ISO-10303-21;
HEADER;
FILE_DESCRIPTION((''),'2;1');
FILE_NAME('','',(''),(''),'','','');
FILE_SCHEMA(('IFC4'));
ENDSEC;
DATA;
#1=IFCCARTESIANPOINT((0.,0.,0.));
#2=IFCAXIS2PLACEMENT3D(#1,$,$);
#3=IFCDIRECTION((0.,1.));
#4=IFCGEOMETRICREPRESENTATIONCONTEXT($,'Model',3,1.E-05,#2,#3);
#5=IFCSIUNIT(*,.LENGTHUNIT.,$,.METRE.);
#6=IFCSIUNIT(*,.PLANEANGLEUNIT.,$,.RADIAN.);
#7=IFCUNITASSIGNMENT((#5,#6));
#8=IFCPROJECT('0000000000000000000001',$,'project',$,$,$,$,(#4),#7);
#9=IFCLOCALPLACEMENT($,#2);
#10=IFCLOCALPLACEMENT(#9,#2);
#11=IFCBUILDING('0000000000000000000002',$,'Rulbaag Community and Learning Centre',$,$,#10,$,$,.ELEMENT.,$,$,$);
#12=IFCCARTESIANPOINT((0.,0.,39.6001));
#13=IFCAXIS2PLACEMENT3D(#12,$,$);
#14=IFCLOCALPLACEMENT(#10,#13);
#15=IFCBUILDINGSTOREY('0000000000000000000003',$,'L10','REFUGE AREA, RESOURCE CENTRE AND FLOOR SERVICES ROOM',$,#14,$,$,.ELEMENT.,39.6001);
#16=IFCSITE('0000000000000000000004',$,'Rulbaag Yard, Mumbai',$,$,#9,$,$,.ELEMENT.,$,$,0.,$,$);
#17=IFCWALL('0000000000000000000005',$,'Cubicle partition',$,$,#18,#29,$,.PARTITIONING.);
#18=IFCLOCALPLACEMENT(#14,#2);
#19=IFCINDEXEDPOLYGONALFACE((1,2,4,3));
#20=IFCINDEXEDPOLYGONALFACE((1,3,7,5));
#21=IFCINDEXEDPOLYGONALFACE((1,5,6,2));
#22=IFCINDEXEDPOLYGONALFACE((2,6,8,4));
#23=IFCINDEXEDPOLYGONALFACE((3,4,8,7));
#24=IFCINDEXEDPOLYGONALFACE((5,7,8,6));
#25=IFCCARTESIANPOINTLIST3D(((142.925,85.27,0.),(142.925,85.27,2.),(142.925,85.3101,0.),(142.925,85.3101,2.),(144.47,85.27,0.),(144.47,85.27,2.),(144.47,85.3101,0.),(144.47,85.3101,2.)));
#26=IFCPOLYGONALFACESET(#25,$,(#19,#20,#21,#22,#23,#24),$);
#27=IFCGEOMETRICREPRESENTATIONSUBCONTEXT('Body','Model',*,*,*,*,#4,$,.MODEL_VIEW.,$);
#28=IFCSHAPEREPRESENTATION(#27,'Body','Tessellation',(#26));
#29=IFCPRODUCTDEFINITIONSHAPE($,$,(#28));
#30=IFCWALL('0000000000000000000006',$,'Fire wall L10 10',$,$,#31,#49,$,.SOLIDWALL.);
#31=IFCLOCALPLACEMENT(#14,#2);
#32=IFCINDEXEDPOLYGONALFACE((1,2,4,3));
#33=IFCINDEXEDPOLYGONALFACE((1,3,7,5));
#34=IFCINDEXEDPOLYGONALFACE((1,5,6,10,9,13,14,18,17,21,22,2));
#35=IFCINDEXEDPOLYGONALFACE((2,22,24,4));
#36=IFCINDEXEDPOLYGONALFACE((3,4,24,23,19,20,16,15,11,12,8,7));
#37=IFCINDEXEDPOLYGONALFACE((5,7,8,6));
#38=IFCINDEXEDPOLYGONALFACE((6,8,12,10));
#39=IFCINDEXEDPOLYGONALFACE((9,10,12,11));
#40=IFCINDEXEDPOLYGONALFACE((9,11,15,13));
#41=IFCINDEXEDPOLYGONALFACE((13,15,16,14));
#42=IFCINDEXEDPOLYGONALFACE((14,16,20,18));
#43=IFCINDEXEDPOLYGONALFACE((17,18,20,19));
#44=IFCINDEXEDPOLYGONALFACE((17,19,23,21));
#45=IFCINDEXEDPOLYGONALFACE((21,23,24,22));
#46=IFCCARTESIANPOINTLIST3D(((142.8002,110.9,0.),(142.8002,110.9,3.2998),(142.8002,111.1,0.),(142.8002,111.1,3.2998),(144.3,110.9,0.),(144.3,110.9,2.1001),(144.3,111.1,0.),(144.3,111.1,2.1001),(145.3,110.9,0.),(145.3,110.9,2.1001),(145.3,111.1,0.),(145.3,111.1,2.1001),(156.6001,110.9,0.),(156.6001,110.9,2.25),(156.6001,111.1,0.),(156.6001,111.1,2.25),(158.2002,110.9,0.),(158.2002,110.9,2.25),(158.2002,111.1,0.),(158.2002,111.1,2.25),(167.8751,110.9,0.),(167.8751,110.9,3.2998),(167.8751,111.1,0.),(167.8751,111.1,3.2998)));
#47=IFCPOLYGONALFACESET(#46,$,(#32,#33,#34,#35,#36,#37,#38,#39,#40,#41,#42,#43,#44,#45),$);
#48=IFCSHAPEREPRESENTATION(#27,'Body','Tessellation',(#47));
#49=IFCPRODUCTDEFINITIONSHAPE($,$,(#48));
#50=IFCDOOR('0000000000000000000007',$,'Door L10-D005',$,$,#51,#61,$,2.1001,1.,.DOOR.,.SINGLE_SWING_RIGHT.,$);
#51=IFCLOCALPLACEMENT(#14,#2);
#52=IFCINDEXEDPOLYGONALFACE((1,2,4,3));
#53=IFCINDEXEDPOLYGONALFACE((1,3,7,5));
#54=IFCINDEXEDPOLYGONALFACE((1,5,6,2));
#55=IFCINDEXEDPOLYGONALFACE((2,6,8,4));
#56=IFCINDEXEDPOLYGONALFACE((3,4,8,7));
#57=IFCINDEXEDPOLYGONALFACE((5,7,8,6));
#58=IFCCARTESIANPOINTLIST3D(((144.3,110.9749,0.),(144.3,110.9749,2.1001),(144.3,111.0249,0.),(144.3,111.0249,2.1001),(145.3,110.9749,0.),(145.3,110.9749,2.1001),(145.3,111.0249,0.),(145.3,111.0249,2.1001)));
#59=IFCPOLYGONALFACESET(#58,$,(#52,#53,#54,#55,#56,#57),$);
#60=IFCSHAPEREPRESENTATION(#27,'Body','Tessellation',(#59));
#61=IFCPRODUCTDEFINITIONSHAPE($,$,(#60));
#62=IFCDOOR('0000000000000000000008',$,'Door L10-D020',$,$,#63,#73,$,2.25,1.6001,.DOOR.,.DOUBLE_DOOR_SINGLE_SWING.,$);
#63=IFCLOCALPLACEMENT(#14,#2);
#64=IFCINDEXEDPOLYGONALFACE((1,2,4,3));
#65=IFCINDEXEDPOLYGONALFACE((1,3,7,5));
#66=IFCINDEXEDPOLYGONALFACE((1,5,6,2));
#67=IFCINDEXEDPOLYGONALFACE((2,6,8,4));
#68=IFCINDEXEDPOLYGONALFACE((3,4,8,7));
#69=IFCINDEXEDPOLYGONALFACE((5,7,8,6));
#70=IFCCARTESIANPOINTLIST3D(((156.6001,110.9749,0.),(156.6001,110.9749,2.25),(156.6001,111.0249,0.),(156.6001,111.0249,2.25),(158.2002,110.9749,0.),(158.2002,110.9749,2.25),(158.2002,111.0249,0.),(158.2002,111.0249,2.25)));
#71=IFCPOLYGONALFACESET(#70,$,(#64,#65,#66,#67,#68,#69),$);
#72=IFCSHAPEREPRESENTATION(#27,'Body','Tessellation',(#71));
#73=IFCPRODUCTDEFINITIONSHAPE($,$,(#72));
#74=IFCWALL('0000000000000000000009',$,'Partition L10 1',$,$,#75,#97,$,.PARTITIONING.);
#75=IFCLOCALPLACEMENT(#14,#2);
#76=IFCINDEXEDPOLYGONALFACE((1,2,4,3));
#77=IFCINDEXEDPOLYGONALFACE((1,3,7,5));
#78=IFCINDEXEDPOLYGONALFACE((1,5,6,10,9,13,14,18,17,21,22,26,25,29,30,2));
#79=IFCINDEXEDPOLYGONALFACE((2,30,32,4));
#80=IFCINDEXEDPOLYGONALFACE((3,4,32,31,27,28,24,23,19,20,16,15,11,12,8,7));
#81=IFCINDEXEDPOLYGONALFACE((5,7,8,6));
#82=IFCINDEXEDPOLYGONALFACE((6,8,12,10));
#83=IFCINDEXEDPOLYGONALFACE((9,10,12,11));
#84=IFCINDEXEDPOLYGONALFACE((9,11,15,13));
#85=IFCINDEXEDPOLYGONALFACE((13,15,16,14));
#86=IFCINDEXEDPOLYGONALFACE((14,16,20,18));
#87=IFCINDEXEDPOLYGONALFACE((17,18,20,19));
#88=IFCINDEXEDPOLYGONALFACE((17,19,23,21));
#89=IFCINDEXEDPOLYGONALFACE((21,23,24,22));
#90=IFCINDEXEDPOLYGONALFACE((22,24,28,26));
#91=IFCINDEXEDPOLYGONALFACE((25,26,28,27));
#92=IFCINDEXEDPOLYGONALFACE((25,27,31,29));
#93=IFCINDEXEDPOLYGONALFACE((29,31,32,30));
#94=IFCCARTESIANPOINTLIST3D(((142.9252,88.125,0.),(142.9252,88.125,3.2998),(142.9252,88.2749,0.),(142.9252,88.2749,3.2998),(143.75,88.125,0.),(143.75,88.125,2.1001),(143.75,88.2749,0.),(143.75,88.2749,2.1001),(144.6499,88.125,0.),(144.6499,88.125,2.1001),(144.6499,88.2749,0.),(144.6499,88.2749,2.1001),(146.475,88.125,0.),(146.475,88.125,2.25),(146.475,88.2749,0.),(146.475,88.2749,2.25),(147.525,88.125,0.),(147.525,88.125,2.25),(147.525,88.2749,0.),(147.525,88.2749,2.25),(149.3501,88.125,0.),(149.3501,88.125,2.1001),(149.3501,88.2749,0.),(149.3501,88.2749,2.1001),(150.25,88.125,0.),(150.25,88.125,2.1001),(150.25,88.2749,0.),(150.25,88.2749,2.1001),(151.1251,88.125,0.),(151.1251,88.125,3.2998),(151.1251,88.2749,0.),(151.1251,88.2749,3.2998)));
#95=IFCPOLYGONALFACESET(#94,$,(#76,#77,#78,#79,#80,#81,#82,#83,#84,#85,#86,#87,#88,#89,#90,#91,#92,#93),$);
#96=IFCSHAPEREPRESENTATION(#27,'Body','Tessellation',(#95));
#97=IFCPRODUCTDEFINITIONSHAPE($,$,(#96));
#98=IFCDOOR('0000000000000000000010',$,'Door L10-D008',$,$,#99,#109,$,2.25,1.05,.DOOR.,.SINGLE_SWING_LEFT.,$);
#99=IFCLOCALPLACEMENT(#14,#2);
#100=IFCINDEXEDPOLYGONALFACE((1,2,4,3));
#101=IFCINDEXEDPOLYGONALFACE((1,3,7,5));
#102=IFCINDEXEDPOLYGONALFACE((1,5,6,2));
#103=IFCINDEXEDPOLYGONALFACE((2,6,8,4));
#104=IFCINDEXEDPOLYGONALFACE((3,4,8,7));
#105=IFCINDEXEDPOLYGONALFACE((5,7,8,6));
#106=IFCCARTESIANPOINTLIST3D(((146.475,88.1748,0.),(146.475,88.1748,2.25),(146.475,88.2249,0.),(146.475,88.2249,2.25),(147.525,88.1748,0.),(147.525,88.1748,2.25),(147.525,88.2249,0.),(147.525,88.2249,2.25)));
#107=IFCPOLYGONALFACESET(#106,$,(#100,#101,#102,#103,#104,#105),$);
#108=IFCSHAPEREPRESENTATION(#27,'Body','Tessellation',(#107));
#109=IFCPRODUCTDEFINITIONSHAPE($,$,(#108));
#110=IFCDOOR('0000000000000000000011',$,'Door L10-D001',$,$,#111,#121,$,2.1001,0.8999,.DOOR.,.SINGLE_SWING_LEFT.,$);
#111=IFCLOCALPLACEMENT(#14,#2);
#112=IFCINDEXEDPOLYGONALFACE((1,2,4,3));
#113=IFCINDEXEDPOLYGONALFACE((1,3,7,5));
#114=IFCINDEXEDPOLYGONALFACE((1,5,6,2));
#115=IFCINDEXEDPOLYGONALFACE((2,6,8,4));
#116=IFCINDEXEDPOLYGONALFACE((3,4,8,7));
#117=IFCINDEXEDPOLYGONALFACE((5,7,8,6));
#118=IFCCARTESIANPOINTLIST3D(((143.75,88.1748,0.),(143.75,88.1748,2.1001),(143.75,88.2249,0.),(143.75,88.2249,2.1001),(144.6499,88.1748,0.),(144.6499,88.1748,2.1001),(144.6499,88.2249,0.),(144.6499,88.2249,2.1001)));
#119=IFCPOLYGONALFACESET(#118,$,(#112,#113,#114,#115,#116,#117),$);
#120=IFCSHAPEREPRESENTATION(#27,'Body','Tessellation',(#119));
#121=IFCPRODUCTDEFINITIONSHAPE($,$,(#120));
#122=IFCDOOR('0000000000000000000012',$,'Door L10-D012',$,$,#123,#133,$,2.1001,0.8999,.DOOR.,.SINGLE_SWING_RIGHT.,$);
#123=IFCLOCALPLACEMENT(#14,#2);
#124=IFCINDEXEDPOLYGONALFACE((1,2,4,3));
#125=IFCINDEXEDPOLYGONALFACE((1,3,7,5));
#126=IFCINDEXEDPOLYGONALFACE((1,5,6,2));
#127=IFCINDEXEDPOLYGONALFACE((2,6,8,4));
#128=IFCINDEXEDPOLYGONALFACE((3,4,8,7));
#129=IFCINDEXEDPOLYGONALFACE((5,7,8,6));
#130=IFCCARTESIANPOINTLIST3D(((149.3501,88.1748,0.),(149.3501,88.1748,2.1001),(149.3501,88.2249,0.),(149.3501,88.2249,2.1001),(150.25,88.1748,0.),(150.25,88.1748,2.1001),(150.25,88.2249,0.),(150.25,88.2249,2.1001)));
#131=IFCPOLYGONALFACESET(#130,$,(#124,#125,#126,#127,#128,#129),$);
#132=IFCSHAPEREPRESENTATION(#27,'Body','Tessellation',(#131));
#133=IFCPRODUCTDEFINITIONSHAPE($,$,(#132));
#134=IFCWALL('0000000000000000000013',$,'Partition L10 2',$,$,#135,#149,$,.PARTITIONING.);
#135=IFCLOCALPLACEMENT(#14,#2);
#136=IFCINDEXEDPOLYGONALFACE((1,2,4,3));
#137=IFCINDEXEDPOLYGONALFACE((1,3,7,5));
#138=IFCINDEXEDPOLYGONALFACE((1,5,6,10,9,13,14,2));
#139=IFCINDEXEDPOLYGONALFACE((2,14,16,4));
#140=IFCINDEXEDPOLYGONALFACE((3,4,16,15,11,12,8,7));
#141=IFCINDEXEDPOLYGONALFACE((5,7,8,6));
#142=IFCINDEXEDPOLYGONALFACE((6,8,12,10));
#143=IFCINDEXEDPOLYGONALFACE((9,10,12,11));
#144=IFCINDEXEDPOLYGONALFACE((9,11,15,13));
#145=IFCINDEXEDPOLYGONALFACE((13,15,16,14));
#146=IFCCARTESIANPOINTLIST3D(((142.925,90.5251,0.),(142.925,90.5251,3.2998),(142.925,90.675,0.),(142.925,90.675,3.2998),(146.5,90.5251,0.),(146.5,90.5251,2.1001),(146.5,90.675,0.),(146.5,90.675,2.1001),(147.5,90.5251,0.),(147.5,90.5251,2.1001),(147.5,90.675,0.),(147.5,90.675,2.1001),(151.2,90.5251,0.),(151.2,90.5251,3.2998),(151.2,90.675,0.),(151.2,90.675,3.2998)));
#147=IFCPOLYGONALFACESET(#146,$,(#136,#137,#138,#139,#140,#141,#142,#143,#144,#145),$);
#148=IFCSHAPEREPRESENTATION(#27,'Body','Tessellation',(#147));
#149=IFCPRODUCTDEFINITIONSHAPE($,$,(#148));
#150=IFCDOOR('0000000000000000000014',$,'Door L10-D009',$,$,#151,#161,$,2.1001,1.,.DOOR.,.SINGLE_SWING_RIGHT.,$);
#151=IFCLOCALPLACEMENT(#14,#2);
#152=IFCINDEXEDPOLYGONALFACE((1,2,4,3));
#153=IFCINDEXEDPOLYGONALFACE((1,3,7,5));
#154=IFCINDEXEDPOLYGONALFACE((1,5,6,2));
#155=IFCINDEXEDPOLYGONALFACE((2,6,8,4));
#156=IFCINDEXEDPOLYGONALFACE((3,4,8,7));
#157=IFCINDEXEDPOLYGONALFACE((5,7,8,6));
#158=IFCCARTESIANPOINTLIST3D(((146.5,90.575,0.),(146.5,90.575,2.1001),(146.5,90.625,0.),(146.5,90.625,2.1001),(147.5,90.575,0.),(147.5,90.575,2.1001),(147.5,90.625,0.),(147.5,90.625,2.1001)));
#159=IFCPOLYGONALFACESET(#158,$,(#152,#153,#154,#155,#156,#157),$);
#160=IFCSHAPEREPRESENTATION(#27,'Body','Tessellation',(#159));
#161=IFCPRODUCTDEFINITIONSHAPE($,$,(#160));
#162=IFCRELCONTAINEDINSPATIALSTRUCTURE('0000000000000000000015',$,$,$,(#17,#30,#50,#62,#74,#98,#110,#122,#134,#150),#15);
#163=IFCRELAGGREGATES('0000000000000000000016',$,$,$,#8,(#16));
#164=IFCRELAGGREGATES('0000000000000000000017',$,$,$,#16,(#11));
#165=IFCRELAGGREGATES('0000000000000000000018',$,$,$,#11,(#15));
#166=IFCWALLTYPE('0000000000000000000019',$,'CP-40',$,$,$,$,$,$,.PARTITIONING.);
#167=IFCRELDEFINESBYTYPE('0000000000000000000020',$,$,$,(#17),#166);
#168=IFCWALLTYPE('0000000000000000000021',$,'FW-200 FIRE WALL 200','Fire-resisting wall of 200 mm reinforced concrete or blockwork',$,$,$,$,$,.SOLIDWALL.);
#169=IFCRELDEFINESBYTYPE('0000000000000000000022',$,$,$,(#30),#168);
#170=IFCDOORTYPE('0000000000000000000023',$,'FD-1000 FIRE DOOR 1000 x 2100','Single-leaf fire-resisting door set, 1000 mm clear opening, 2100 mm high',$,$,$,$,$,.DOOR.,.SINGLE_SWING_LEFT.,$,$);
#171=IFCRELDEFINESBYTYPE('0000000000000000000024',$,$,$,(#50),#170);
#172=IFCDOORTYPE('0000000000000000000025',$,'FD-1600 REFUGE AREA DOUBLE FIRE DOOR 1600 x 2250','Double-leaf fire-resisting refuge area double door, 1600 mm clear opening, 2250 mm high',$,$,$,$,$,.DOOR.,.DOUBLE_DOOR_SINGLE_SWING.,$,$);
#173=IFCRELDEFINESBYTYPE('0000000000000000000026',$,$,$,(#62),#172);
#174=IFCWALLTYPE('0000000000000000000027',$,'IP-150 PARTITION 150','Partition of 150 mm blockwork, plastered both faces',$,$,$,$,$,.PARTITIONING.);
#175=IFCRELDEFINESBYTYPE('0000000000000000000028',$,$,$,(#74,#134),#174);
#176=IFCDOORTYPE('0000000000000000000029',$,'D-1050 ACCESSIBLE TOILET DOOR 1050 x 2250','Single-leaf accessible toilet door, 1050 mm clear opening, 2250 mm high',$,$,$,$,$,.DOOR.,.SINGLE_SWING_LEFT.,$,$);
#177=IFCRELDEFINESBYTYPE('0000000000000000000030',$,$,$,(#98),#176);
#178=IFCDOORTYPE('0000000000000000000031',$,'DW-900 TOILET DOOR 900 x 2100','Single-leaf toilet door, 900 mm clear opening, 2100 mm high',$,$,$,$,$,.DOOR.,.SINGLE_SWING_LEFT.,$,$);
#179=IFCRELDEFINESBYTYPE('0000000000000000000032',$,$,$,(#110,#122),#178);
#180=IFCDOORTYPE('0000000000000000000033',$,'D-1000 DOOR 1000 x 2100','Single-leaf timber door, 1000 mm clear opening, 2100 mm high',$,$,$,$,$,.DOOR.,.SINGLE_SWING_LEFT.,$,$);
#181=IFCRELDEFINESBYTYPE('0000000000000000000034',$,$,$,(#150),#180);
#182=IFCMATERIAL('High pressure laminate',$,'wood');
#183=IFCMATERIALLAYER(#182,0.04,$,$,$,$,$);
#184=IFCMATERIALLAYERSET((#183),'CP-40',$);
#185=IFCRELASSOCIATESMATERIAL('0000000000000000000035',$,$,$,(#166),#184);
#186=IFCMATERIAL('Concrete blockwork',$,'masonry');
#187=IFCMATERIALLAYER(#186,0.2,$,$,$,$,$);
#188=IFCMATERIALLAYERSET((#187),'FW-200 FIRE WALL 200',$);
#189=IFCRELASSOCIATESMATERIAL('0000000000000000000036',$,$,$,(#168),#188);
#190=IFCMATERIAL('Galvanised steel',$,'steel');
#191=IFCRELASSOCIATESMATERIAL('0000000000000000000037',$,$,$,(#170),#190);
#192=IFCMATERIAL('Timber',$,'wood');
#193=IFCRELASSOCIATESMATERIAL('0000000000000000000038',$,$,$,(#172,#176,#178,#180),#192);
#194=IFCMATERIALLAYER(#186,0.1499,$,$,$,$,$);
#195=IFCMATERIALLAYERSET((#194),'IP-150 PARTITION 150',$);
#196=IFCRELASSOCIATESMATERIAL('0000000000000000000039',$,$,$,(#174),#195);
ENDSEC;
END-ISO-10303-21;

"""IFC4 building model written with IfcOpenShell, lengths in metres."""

from ifc_helpers import new_model, si_unit, direction, frame, frame_2d, origin, place, context, subcontext, project, spatial, rectangle, extrude, material, layer, layer_set, type_object, element, fill, save


model = new_model("IFC4")

# Units and contexts
model_context = context("Model", 3, precision=1e-05, world=origin(), true_north=direction((0.0, 1.0)))
body_context = subcontext(model_context, "Body", "Model", "MODEL_VIEW")
ifc_project = project(units=[si_unit("LENGTHUNIT", "METRE"), si_unit("PLANEANGLEUNIT", "RADIAN")], contexts=[model_context])

# Site, building, storey
site_placement = place(None, origin())
site = spatial("IfcSite", under=ifc_project, at=site_placement, Name="Rulbaag Yard, Mumbai", CompositionType="ELEMENT", RefElevation=0.0)
building_placement = place(site_placement, origin())
building = spatial("IfcBuilding", under=site, at=building_placement, Name="Rulbaag Community and Learning Centre", CompositionType="ELEMENT")
storey_placement = place(building_placement, frame((0.0, 0.0, 39.6001)))
storey = spatial("IfcBuildingStorey", under=building, at=storey_placement, Name="L10", Description="REFUGE AREA, RESOURCE CENTRE AND FLOOR SERVICES ROOM", CompositionType="ELEMENT", Elevation=39.6001)

# Wall
ifc_material_1 = material(Name="High pressure laminate", Category="wood")
ifc_layer_1 = layer(ifc_material_1, 0.04)
ifc_layer_set_1 = layer_set([ifc_layer_1], Name="CP-40")
wall_type_1 = type_object("IfcWallType", Name="CP-40", PredefinedType="PARTITIONING", material=ifc_layer_set_1)
wall_1_placement = place(storey_placement, frame((142.925, 85.29, 0.0), z_axis=(0.0, 0.0, 1.0), x_axis=(1.0, 0.0, 0.0)))
element("IfcWall", 1, at=wall_1_placement, inside=storey, type_object=wall_type_1, Name="Cubicle partition", PredefinedType="PARTITIONING", context=body_context, shape_type="SweptSolid", body=[
    extrude(rectangle(XDim=1.5449, YDim=0.04, at=frame_2d((0.7725, 0.0))), origin(), (0.0, 0.0, 1.0), 2.0),
])

# Walls, openings, doors
ifc_material_2 = material(Name="Concrete blockwork", Category="masonry")
ifc_layer_2 = layer(ifc_material_2, 0.2)
ifc_layer_set_2 = layer_set([ifc_layer_2], Name="FW-200 FIRE WALL 200")
wall_type_2 = type_object("IfcWallType", Name="FW-200 FIRE WALL 200", Description="Fire-resisting wall of 200 mm reinforced concrete or blockwork", PredefinedType="SOLIDWALL", material=ifc_layer_set_2)
wall_2_placement = place(storey_placement, frame((142.8, 111.0, 0.0), z_axis=(0.0, 0.0, 1.0), x_axis=(1.0, 0.0, 0.0)))
wall_2 = element("IfcWall", 2, at=wall_2_placement, inside=storey, type_object=wall_type_2, Name="Fire wall L10 10", PredefinedType="SOLIDWALL", context=body_context, shape_type="SweptSolid", body=[
    extrude(rectangle(XDim=25.075, YDim=0.2, at=frame_2d((12.5376, 0.0))), origin(), (0.0, 0.0, 1.0), 3.2998),
])
opening_1_placement = place(wall_2_placement, frame((1.5, 0.0, 0.0)))
opening_1 = element("IfcOpeningElement", 3, at=opening_1_placement, cuts=wall_2, PredefinedType="OPENING", context=body_context, shape_type="SweptSolid", body=[
    extrude(rectangle(XDim=1.0, YDim=2.1001, at=frame_2d((0.5, 1.05))), frame((0.0, 0.1099, 0.0), z_axis=(0.0, -1.0, 0.0), x_axis=(1.0, 0.0, 0.0)), (0.0, 0.0, 1.0), 0.22),
])
opening_2_placement = place(wall_2_placement, frame((13.8, 0.0, 0.0)))
opening_2 = element("IfcOpeningElement", 4, at=opening_2_placement, cuts=wall_2, PredefinedType="OPENING", context=body_context, shape_type="SweptSolid", body=[
    extrude(rectangle(XDim=1.6001, YDim=2.25, at=frame_2d((0.8, 1.125))), frame((0.0, 0.1099, 0.0), z_axis=(0.0, -1.0, 0.0), x_axis=(1.0, 0.0, 0.0)), (0.0, 0.0, 1.0), 0.22),
])
ifc_material_3 = material(Name="Galvanised steel", Category="steel")
door_type_1 = type_object("IfcDoorType", Name="FD-1000 FIRE DOOR 1000 x 2100", Description="Single-leaf fire-resisting door set, 1000 mm clear opening, 2100 mm high", OperationType="SINGLE_SWING_LEFT", PredefinedType="DOOR", material=ifc_material_3)
door_1_placement = place(opening_1_placement, origin())
door_1 = element("IfcDoor", 5, at=door_1_placement, inside=storey, type_object=door_type_1, Name="Door L10-D005", OperationType="SINGLE_SWING_RIGHT", OverallHeight=2.1001, OverallWidth=1.0, PredefinedType="DOOR", context=body_context, shape_type="SweptSolid", body=[
    extrude(rectangle(XDim=1.0, YDim=2.1001, at=frame_2d((0.5, 1.05))), frame((0.0, 0.0249, 0.0), z_axis=(0.0, -1.0, 0.0), x_axis=(1.0, 0.0, 0.0)), (0.0, 0.0, 1.0), 0.05),
])
fill(opening_1, door_1)
ifc_material_4 = material(Name="Timber", Category="wood")
door_type_2 = type_object("IfcDoorType", Name="FD-1600 REFUGE AREA DOUBLE FIRE DOOR 1600 x 2250", Description="Double-leaf fire-resisting refuge area double door, 1600 mm clear opening, 2250 mm high", OperationType="DOUBLE_DOOR_SINGLE_SWING", PredefinedType="DOOR", material=ifc_material_4)
door_2_placement = place(opening_2_placement, origin())
door_2 = element("IfcDoor", 6, at=door_2_placement, inside=storey, type_object=door_type_2, Name="Door L10-D020", OperationType="DOUBLE_DOOR_SINGLE_SWING", OverallHeight=2.25, OverallWidth=1.6001, PredefinedType="DOOR", context=body_context, shape_type="SweptSolid", body=[
    extrude(rectangle(XDim=1.6001, YDim=2.25, at=frame_2d((0.8, 1.125))), frame((0.0, 0.0249, 0.0), z_axis=(0.0, -1.0, 0.0), x_axis=(1.0, 0.0, 0.0)), (0.0, 0.0, 1.0), 0.05),
])
fill(opening_2, door_2)
ifc_layer_3 = layer(ifc_material_2, 0.1499)
ifc_layer_set_3 = layer_set([ifc_layer_3], Name="IP-150 PARTITION 150")
wall_type_3 = type_object("IfcWallType", Name="IP-150 PARTITION 150", Description="Partition of 150 mm blockwork, plastered both faces", PredefinedType="PARTITIONING", material=ifc_layer_set_3)
wall_3_placement = place(storey_placement, frame((142.925, 88.2, 0.0), z_axis=(0.0, 0.0, 1.0), x_axis=(1.0, 0.0, 0.0)))
wall_3 = element("IfcWall", 7, at=wall_3_placement, inside=storey, type_object=wall_type_3, Name="Partition L10 1", PredefinedType="PARTITIONING", context=body_context, shape_type="SweptSolid", body=[
    extrude(rectangle(XDim=8.2, YDim=0.1499, at=frame_2d((4.1001, 0.0))), origin(), (0.0, 0.0, 1.0), 3.2998),
])
opening_3_placement = place(wall_3_placement, frame((0.825, 0.0, 0.0)))
opening_3 = element("IfcOpeningElement", 8, at=opening_3_placement, cuts=wall_3, PredefinedType="OPENING", context=body_context, shape_type="SweptSolid", body=[
    extrude(rectangle(XDim=0.8999, YDim=2.1001, at=frame_2d((0.45, 1.05))), frame((0.0, 0.085, 0.0), z_axis=(0.0, -1.0, 0.0), x_axis=(1.0, 0.0, 0.0)), (0.0, 0.0, 1.0), 0.1699),
])
opening_4_placement = place(wall_3_placement, frame((3.55, 0.0, 0.0)))
opening_4 = element("IfcOpeningElement", 9, at=opening_4_placement, cuts=wall_3, PredefinedType="OPENING", context=body_context, shape_type="SweptSolid", body=[
    extrude(rectangle(XDim=1.05, YDim=2.25, at=frame_2d((0.5249, 1.125))), frame((0.0, 0.085, 0.0), z_axis=(0.0, -1.0, 0.0), x_axis=(1.0, 0.0, 0.0)), (0.0, 0.0, 1.0), 0.1699),
])
opening_5_placement = place(wall_3_placement, frame((6.425, 0.0, 0.0)))
opening_5 = element("IfcOpeningElement", 10, at=opening_5_placement, cuts=wall_3, PredefinedType="OPENING", context=body_context, shape_type="SweptSolid", body=[
    extrude(rectangle(XDim=0.8999, YDim=2.1001, at=frame_2d((0.45, 1.05))), frame((0.0, 0.085, 0.0), z_axis=(0.0, -1.0, 0.0), x_axis=(1.0, 0.0, 0.0)), (0.0, 0.0, 1.0), 0.1699),
])
door_type_3 = type_object("IfcDoorType", Name="D-1050 ACCESSIBLE TOILET DOOR 1050 x 2250", Description="Single-leaf accessible toilet door, 1050 mm clear opening, 2250 mm high", OperationType="SINGLE_SWING_LEFT", PredefinedType="DOOR", material=ifc_material_4)
door_3_placement = place(opening_4_placement, origin())
door_3 = element("IfcDoor", 11, at=door_3_placement, inside=storey, type_object=door_type_3, Name="Door L10-D008", OperationType="SINGLE_SWING_LEFT", OverallHeight=2.25, OverallWidth=1.05, PredefinedType="DOOR", context=body_context, shape_type="SweptSolid", body=[
    extrude(rectangle(XDim=1.05, YDim=2.25, at=frame_2d((0.5249, 1.125))), frame((0.0, 0.0249, 0.0), z_axis=(0.0, -1.0, 0.0), x_axis=(1.0, 0.0, 0.0)), (0.0, 0.0, 1.0), 0.05),
])
fill(opening_4, door_3)
door_type_4 = type_object("IfcDoorType", Name="DW-900 TOILET DOOR 900 x 2100", Description="Single-leaf toilet door, 900 mm clear opening, 2100 mm high", OperationType="SINGLE_SWING_LEFT", PredefinedType="DOOR", material=ifc_material_4)
door_4_placement = place(opening_3_placement, origin())
door_4 = element("IfcDoor", 12, at=door_4_placement, inside=storey, type_object=door_type_4, Name="Door L10-D001", OperationType="SINGLE_SWING_LEFT", OverallHeight=2.1001, OverallWidth=0.8999, PredefinedType="DOOR", context=body_context, shape_type="SweptSolid", body=[
    extrude(rectangle(XDim=0.8999, YDim=2.1001, at=frame_2d((0.45, 1.05))), frame((0.0, 0.0249, 0.0), z_axis=(0.0, -1.0, 0.0), x_axis=(1.0, 0.0, 0.0)), (0.0, 0.0, 1.0), 0.05),
])
fill(opening_3, door_4)
door_5_placement = place(opening_5_placement, origin())
door_5 = element("IfcDoor", 13, at=door_5_placement, inside=storey, type_object=door_type_4, Name="Door L10-D012", OperationType="SINGLE_SWING_RIGHT", OverallHeight=2.1001, OverallWidth=0.8999, PredefinedType="DOOR", context=body_context, shape_type="SweptSolid", body=[
    extrude(rectangle(XDim=0.8999, YDim=2.1001, at=frame_2d((0.45, 1.05))), frame((0.0, 0.0249, 0.0), z_axis=(0.0, -1.0, 0.0), x_axis=(1.0, 0.0, 0.0)), (0.0, 0.0, 1.0), 0.05),
])
fill(opening_5, door_5)

# Wall, opening, door
wall_4_placement = place(storey_placement, frame((142.925, 90.6001, 0.0), z_axis=(0.0, 0.0, 1.0), x_axis=(1.0, 0.0, 0.0)))
wall_4 = element("IfcWall", 14, at=wall_4_placement, inside=storey, type_object=wall_type_3, Name="Partition L10 2", PredefinedType="PARTITIONING", context=body_context, shape_type="SweptSolid", body=[
    extrude(rectangle(XDim=8.2749, YDim=0.1499, at=frame_2d((4.1375, 0.0))), origin(), (0.0, 0.0, 1.0), 3.2998),
])
opening_6_placement = place(wall_4_placement, frame((3.575, 0.0, 0.0)))
opening_6 = element("IfcOpeningElement", 15, at=opening_6_placement, cuts=wall_4, PredefinedType="OPENING", context=body_context, shape_type="SweptSolid", body=[
    extrude(rectangle(XDim=1.0, YDim=2.1001, at=frame_2d((0.5, 1.05))), frame((0.0, 0.085, 0.0), z_axis=(0.0, -1.0, 0.0), x_axis=(1.0, 0.0, 0.0)), (0.0, 0.0, 1.0), 0.1699),
])
door_type_5 = type_object("IfcDoorType", Name="D-1000 DOOR 1000 x 2100", Description="Single-leaf timber door, 1000 mm clear opening, 2100 mm high", OperationType="SINGLE_SWING_LEFT", PredefinedType="DOOR", material=ifc_material_4)
door_6_placement = place(opening_6_placement, origin())
door_6 = element("IfcDoor", 16, at=door_6_placement, inside=storey, type_object=door_type_5, Name="Door L10-D009", OperationType="SINGLE_SWING_RIGHT", OverallHeight=2.1001, OverallWidth=1.0, PredefinedType="DOOR", context=body_context, shape_type="SweptSolid", body=[
    extrude(rectangle(XDim=1.0, YDim=2.1001, at=frame_2d((0.5, 1.05))), frame((0.0, 0.0249, 0.0), z_axis=(0.0, -1.0, 0.0), x_axis=(1.0, 0.0, 0.0)), (0.0, 0.0, 1.0), 0.05),
])
fill(opening_6, door_6)

save(model, "model.ifc")
